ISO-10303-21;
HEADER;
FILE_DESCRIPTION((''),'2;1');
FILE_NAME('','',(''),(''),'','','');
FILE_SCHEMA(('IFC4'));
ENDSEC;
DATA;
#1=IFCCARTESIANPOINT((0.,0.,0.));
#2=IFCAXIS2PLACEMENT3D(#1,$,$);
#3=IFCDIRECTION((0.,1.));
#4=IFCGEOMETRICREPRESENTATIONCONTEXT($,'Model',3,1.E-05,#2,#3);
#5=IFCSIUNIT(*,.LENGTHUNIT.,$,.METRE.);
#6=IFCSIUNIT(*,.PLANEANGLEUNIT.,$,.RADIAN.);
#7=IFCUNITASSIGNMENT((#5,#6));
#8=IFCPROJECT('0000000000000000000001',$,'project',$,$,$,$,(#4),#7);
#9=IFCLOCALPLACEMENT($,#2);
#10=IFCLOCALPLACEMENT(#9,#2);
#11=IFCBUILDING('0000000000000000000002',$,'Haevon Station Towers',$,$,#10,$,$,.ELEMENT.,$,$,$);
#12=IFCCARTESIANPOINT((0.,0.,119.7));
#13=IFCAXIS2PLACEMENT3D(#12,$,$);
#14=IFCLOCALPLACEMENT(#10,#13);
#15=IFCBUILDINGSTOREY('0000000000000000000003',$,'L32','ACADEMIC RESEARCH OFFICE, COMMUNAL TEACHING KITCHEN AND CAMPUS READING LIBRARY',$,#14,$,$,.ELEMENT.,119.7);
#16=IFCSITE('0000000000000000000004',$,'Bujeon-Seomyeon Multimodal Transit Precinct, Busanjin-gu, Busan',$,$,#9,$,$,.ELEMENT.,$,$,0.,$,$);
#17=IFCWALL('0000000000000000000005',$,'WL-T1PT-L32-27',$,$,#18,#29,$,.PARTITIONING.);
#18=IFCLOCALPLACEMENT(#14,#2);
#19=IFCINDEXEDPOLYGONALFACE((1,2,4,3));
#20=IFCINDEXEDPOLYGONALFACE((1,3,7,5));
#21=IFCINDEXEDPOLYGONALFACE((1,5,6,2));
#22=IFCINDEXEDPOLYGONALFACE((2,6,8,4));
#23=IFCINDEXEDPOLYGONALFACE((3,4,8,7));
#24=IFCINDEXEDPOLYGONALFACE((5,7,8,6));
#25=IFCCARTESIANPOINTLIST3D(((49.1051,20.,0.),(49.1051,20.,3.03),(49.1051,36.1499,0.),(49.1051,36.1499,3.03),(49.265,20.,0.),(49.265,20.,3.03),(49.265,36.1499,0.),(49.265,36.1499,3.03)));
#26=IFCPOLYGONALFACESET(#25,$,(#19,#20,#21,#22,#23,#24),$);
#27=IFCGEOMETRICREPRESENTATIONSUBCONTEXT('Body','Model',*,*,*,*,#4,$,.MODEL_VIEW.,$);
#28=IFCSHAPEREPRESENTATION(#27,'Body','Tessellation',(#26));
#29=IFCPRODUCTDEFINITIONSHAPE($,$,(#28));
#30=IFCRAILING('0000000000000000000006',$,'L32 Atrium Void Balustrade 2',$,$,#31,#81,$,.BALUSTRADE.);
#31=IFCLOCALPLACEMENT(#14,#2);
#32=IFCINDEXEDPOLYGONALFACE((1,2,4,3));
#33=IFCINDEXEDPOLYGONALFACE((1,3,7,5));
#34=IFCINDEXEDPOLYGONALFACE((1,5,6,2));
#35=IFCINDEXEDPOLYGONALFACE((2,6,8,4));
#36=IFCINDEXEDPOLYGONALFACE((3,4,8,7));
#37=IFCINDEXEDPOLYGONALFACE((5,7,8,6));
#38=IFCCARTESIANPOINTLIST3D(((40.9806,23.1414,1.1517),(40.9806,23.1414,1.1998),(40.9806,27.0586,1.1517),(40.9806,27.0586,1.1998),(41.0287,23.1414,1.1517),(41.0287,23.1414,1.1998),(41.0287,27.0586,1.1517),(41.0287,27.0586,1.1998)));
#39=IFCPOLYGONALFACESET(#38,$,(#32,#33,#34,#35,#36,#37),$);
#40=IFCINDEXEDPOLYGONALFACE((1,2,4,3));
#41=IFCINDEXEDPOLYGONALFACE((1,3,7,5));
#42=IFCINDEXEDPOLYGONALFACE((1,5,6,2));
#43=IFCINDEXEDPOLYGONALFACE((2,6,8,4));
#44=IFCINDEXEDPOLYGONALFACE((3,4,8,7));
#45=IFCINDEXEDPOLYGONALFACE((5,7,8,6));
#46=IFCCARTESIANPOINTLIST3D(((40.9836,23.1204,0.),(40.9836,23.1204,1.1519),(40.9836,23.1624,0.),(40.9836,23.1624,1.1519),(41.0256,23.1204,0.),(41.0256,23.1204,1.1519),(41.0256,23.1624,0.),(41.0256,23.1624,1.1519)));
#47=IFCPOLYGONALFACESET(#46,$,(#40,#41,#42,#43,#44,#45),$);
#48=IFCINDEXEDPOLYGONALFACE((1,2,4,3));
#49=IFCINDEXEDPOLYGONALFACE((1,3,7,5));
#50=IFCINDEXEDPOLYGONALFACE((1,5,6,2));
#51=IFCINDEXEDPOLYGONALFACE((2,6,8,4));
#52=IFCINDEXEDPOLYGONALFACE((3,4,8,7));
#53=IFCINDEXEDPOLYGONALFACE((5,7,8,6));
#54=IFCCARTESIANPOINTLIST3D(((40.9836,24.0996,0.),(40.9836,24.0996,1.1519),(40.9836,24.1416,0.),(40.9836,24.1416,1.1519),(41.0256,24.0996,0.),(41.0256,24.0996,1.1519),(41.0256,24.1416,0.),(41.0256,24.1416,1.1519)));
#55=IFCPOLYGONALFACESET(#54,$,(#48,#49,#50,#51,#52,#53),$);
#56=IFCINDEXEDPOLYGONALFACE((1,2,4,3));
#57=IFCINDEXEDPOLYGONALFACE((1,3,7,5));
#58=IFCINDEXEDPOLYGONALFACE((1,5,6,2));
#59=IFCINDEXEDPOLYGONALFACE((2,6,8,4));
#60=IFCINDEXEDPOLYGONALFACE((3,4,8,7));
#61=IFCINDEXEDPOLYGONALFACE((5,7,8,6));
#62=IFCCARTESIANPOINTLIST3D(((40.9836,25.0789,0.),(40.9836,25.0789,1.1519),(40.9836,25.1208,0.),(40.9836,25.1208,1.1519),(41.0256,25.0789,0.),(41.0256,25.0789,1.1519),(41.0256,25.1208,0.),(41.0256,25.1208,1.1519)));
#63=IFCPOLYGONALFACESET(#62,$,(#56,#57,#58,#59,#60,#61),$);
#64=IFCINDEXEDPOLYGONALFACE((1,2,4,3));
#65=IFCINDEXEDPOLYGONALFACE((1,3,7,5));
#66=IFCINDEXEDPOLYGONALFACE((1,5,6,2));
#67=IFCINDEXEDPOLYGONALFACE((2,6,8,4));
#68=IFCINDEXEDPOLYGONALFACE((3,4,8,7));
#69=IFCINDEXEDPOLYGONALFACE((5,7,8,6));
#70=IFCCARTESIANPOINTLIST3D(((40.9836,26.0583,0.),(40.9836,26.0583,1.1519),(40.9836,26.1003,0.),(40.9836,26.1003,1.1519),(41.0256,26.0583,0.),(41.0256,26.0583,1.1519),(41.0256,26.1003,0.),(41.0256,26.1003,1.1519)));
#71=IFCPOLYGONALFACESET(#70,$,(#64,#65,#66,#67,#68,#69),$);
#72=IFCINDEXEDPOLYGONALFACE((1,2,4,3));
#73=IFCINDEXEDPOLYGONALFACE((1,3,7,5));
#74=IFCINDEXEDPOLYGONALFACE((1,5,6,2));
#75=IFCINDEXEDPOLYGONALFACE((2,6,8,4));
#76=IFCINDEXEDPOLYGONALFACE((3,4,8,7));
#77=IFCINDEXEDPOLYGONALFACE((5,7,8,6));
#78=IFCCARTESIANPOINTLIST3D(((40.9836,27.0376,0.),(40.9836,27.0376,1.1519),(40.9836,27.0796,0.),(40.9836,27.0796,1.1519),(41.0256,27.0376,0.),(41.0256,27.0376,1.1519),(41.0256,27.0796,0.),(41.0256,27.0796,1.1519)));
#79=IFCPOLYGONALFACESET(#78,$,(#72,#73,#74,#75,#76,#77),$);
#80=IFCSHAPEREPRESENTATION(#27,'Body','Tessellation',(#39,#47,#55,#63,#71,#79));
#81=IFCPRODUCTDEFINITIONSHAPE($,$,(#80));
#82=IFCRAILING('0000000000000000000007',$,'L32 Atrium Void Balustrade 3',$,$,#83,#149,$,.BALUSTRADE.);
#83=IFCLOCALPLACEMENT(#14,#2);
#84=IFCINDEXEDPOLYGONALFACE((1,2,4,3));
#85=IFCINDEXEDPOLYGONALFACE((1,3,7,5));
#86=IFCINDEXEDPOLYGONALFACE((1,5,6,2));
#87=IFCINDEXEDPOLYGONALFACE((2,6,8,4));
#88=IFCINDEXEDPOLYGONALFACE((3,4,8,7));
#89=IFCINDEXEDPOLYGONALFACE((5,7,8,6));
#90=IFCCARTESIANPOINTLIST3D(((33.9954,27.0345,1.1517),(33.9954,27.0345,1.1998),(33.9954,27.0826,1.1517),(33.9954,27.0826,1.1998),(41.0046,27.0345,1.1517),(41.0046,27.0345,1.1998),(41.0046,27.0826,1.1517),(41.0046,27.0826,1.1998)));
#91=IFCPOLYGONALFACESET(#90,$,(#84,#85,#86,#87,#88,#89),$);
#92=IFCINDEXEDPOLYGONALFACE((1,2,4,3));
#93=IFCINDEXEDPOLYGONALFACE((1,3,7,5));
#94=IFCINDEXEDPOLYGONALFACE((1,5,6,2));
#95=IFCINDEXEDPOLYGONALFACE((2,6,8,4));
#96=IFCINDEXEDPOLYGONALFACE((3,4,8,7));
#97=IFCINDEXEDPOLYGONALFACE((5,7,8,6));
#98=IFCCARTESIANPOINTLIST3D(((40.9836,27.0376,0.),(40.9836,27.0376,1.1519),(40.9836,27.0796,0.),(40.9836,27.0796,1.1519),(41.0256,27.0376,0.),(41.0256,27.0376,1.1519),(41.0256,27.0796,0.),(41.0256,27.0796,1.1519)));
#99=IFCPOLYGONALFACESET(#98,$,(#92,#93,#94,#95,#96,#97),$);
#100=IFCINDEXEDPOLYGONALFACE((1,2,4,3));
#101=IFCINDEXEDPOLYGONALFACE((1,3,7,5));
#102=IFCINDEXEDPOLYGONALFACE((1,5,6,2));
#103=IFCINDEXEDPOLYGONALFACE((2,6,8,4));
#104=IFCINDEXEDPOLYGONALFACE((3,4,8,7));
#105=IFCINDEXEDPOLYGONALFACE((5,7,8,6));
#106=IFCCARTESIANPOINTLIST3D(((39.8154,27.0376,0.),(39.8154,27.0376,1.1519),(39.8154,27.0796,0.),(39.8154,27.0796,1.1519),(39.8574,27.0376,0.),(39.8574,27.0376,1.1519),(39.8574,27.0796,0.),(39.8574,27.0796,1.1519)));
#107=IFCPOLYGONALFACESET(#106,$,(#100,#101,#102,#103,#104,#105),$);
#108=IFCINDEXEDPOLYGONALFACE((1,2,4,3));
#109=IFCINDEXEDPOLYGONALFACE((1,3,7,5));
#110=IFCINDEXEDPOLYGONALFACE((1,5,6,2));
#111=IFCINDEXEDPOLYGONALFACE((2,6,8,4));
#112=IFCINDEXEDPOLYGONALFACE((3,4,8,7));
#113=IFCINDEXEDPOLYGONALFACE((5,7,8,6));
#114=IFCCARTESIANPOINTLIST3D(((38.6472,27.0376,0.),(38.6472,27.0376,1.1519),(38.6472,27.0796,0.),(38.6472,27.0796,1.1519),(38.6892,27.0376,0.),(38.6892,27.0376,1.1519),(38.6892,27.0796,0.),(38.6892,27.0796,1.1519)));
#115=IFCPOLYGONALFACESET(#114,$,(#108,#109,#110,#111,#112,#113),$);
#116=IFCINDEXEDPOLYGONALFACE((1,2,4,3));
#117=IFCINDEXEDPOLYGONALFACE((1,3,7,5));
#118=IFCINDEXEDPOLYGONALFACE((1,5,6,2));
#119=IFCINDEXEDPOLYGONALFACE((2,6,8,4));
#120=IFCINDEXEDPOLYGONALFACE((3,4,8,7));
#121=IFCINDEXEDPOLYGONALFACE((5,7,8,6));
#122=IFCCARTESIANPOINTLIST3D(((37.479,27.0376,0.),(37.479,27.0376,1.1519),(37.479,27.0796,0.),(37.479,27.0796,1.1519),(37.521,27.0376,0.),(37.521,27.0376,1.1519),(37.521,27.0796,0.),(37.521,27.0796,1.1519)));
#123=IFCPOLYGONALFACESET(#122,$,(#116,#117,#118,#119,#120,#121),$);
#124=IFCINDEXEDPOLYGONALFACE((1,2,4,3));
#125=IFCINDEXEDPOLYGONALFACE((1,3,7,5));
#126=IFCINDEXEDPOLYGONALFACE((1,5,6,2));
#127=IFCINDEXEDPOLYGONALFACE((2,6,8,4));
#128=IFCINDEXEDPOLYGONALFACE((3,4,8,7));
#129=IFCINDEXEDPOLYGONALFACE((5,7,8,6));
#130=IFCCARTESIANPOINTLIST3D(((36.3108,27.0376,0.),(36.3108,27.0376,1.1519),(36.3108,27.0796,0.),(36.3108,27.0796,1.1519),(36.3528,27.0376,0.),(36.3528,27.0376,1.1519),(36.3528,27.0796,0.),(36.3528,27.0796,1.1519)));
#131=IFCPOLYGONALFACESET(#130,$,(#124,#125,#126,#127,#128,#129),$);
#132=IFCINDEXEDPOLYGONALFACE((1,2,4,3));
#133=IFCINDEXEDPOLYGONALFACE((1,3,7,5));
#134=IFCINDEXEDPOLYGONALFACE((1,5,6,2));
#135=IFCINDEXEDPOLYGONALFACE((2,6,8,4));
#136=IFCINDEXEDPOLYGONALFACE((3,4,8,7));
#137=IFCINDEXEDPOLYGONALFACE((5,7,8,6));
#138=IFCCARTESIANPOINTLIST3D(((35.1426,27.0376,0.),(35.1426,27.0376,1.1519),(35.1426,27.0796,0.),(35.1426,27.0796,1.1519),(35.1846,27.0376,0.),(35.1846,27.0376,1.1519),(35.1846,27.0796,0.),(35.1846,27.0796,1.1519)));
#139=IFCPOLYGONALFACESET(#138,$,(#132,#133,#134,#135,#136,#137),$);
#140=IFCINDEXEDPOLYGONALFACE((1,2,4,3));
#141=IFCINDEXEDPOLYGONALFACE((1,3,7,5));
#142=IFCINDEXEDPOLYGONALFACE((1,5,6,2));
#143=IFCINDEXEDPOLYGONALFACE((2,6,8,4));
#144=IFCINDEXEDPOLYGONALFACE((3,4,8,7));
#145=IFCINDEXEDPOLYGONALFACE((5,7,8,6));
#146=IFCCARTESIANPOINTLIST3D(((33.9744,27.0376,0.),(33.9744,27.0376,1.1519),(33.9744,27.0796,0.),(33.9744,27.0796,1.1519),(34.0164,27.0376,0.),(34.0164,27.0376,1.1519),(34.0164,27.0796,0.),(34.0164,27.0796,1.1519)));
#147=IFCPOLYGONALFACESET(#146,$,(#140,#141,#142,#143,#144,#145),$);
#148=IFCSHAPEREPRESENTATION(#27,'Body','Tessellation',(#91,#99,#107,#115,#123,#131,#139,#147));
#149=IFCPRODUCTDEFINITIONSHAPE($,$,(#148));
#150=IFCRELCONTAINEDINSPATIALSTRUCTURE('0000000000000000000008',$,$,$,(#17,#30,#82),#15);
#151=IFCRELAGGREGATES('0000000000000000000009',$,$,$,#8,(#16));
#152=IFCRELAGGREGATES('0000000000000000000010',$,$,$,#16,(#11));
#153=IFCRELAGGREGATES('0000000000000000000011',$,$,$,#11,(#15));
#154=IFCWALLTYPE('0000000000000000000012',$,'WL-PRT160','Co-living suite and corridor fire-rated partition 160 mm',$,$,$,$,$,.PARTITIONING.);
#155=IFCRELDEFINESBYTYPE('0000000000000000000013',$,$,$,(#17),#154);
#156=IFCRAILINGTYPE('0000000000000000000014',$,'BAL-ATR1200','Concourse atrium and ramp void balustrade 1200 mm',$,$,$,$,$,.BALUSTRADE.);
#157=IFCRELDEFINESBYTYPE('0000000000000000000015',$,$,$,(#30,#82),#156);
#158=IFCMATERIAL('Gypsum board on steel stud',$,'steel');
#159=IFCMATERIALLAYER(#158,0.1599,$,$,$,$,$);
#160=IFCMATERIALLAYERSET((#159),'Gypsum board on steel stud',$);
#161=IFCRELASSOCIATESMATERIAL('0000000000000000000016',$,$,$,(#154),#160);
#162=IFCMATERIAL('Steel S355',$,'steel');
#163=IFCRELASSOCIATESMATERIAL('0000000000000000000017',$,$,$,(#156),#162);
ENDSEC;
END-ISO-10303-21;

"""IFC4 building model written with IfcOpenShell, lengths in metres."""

from ifc_helpers import new_model, si_unit, direction, frame, frame_2d, origin, origin_2d, place, context, subcontext, project, spatial, rectangle, extrude, material, layer, layer_set, type_object, element, save


model = new_model("IFC4")

# Units and contexts
model_context = context("Model", 3, precision=1e-05, world=origin(), true_north=direction((0.0, 1.0)))
body_context = subcontext(model_context, "Body", "Model", "MODEL_VIEW")
ifc_project = project(units=[si_unit("LENGTHUNIT", "METRE"), si_unit("PLANEANGLEUNIT", "RADIAN")], contexts=[model_context])

# Site, building, storey
site_placement = place(None, origin())
site = spatial("IfcSite", under=ifc_project, at=site_placement, Name="Bujeon-Seomyeon Multimodal Transit Precinct, Busanjin-gu, Busan", CompositionType="ELEMENT", RefElevation=0.0)
building_placement = place(site_placement, origin())
building = spatial("IfcBuilding", under=site, at=building_placement, Name="Haevon Station Towers", CompositionType="ELEMENT")
storey_placement = place(building_placement, frame((0.0, 0.0, 119.7)))
storey = spatial("IfcBuildingStorey", under=building, at=storey_placement, Name="L32", Description="ACADEMIC RESEARCH OFFICE, COMMUNAL TEACHING KITCHEN AND CAMPUS READING LIBRARY", CompositionType="ELEMENT", Elevation=119.7)

# Shared definitions
ifc_material_1 = material(Name="Steel S355", Category="steel")

# Wall
ifc_material_2 = material(Name="Gypsum board on steel stud", Category="steel")
ifc_layer_1 = layer(ifc_material_2, 0.1599)
ifc_layer_set_1 = layer_set([ifc_layer_1], Name="Gypsum board on steel stud")
wall_type_1 = type_object("IfcWallType", Name="WL-PRT160", Description="Co-living suite and corridor fire-rated partition 160 mm", PredefinedType="PARTITIONING", material=ifc_layer_set_1)
for number, where, z_axis, x_axis, name in (
    (1, (49.1851, 20.0, 0.0), (0.0, 0.0, 1.0), (0.0, 1.0, 0.0), "WL-T1PT-L32-27"),
):
    element("IfcWall", number, at=place(storey_placement, frame(where, z_axis=z_axis, x_axis=x_axis)), inside=storey, type_object=wall_type_1, Name=name, PredefinedType="PARTITIONING", context=body_context, shape_type="SweptSolid", body=[
        extrude(rectangle(XDim=16.1499, YDim=0.1599, at=frame_2d((8.075, 0.0))), origin(), (0.0, 0.0, 1.0), 3.03),
    ])

# Railings
railing_type = type_object("IfcRailingType", Name="BAL-ATR1200", Description="Concourse atrium and ramp void balustrade 1200 mm", PredefinedType="BALUSTRADE", material=ifc_material_1)
railing_1_placement = place(storey_placement, frame((41.0046, 23.1414, 0.0)))
element("IfcRailing", 2, at=railing_1_placement, inside=storey, type_object=railing_type, Name="L32 Atrium Void Balustrade 2", PredefinedType="BALUSTRADE", context=body_context, shape_type="SweptSolid", body=[
    extrude(rectangle(XDim=0.0481, YDim=0.0481, at=origin_2d()), frame((0.0, 0.0, 1.1758), z_axis=(0.0, 1.0, 0.0), x_axis=(-1.0, 0.0, 0.0)), (0.0, 0.0, 1.0), 3.9172),
    extrude(rectangle(XDim=0.042, YDim=0.042, at=origin_2d()), origin(), (0.0, 0.0, 1.0), 1.1519),
    extrude(rectangle(XDim=0.042, YDim=0.042, at=origin_2d()), frame((0.0, 0.9792, 0.0)), (0.0, 0.0, 1.0), 1.1519),
    extrude(rectangle(XDim=0.042, YDim=0.042, at=origin_2d()), frame((0.0, 1.9585, 0.0)), (0.0, 0.0, 1.0), 1.1519),
    extrude(rectangle(XDim=0.042, YDim=0.042, at=origin_2d()), frame((0.0, 2.938, 0.0)), (0.0, 0.0, 1.0), 1.1519),
    extrude(rectangle(XDim=0.042, YDim=0.042, at=origin_2d()), frame((0.0, 3.9172, 0.0)), (0.0, 0.0, 1.0), 1.1519),
])
railing_2_placement = place(storey_placement, frame((41.0046, 27.0586, 0.0)))
element("IfcRailing", 3, at=railing_2_placement, inside=storey, type_object=railing_type, Name="L32 Atrium Void Balustrade 3", PredefinedType="BALUSTRADE", context=body_context, shape_type="SweptSolid", body=[
    extrude(rectangle(XDim=0.0481, YDim=0.0481, at=origin_2d()), frame((0.0, 0.0, 1.1758), z_axis=(-1.0, 0.0, 0.0), x_axis=(0.0, -1.0, 0.0)), (0.0, 0.0, 1.0), 7.0093),
    extrude(rectangle(XDim=0.042, YDim=0.042, at=origin_2d()), origin(), (0.0, 0.0, 1.0), 1.1519),
    extrude(rectangle(XDim=0.042, YDim=0.042, at=origin_2d()), frame((-1.1682, 0.0, 0.0)), (0.0, 0.0, 1.0), 1.1519),
    extrude(rectangle(XDim=0.042, YDim=0.042, at=origin_2d()), frame((-2.3364, 0.0, 0.0)), (0.0, 0.0, 1.0), 1.1519),
    extrude(rectangle(XDim=0.042, YDim=0.042, at=origin_2d()), frame((-3.5046, 0.0, 0.0)), (0.0, 0.0, 1.0), 1.1519),
    extrude(rectangle(XDim=0.042, YDim=0.042, at=origin_2d()), frame((-4.6729, 0.0, 0.0)), (0.0, 0.0, 1.0), 1.1519),
    extrude(rectangle(XDim=0.042, YDim=0.042, at=origin_2d()), frame((-5.8411, 0.0, 0.0)), (0.0, 0.0, 1.0), 1.1519),
    extrude(rectangle(XDim=0.042, YDim=0.042, at=origin_2d()), frame((-7.0093, 0.0, 0.0)), (0.0, 0.0, 1.0), 1.1519),
])

save(model, "model.ifc")
